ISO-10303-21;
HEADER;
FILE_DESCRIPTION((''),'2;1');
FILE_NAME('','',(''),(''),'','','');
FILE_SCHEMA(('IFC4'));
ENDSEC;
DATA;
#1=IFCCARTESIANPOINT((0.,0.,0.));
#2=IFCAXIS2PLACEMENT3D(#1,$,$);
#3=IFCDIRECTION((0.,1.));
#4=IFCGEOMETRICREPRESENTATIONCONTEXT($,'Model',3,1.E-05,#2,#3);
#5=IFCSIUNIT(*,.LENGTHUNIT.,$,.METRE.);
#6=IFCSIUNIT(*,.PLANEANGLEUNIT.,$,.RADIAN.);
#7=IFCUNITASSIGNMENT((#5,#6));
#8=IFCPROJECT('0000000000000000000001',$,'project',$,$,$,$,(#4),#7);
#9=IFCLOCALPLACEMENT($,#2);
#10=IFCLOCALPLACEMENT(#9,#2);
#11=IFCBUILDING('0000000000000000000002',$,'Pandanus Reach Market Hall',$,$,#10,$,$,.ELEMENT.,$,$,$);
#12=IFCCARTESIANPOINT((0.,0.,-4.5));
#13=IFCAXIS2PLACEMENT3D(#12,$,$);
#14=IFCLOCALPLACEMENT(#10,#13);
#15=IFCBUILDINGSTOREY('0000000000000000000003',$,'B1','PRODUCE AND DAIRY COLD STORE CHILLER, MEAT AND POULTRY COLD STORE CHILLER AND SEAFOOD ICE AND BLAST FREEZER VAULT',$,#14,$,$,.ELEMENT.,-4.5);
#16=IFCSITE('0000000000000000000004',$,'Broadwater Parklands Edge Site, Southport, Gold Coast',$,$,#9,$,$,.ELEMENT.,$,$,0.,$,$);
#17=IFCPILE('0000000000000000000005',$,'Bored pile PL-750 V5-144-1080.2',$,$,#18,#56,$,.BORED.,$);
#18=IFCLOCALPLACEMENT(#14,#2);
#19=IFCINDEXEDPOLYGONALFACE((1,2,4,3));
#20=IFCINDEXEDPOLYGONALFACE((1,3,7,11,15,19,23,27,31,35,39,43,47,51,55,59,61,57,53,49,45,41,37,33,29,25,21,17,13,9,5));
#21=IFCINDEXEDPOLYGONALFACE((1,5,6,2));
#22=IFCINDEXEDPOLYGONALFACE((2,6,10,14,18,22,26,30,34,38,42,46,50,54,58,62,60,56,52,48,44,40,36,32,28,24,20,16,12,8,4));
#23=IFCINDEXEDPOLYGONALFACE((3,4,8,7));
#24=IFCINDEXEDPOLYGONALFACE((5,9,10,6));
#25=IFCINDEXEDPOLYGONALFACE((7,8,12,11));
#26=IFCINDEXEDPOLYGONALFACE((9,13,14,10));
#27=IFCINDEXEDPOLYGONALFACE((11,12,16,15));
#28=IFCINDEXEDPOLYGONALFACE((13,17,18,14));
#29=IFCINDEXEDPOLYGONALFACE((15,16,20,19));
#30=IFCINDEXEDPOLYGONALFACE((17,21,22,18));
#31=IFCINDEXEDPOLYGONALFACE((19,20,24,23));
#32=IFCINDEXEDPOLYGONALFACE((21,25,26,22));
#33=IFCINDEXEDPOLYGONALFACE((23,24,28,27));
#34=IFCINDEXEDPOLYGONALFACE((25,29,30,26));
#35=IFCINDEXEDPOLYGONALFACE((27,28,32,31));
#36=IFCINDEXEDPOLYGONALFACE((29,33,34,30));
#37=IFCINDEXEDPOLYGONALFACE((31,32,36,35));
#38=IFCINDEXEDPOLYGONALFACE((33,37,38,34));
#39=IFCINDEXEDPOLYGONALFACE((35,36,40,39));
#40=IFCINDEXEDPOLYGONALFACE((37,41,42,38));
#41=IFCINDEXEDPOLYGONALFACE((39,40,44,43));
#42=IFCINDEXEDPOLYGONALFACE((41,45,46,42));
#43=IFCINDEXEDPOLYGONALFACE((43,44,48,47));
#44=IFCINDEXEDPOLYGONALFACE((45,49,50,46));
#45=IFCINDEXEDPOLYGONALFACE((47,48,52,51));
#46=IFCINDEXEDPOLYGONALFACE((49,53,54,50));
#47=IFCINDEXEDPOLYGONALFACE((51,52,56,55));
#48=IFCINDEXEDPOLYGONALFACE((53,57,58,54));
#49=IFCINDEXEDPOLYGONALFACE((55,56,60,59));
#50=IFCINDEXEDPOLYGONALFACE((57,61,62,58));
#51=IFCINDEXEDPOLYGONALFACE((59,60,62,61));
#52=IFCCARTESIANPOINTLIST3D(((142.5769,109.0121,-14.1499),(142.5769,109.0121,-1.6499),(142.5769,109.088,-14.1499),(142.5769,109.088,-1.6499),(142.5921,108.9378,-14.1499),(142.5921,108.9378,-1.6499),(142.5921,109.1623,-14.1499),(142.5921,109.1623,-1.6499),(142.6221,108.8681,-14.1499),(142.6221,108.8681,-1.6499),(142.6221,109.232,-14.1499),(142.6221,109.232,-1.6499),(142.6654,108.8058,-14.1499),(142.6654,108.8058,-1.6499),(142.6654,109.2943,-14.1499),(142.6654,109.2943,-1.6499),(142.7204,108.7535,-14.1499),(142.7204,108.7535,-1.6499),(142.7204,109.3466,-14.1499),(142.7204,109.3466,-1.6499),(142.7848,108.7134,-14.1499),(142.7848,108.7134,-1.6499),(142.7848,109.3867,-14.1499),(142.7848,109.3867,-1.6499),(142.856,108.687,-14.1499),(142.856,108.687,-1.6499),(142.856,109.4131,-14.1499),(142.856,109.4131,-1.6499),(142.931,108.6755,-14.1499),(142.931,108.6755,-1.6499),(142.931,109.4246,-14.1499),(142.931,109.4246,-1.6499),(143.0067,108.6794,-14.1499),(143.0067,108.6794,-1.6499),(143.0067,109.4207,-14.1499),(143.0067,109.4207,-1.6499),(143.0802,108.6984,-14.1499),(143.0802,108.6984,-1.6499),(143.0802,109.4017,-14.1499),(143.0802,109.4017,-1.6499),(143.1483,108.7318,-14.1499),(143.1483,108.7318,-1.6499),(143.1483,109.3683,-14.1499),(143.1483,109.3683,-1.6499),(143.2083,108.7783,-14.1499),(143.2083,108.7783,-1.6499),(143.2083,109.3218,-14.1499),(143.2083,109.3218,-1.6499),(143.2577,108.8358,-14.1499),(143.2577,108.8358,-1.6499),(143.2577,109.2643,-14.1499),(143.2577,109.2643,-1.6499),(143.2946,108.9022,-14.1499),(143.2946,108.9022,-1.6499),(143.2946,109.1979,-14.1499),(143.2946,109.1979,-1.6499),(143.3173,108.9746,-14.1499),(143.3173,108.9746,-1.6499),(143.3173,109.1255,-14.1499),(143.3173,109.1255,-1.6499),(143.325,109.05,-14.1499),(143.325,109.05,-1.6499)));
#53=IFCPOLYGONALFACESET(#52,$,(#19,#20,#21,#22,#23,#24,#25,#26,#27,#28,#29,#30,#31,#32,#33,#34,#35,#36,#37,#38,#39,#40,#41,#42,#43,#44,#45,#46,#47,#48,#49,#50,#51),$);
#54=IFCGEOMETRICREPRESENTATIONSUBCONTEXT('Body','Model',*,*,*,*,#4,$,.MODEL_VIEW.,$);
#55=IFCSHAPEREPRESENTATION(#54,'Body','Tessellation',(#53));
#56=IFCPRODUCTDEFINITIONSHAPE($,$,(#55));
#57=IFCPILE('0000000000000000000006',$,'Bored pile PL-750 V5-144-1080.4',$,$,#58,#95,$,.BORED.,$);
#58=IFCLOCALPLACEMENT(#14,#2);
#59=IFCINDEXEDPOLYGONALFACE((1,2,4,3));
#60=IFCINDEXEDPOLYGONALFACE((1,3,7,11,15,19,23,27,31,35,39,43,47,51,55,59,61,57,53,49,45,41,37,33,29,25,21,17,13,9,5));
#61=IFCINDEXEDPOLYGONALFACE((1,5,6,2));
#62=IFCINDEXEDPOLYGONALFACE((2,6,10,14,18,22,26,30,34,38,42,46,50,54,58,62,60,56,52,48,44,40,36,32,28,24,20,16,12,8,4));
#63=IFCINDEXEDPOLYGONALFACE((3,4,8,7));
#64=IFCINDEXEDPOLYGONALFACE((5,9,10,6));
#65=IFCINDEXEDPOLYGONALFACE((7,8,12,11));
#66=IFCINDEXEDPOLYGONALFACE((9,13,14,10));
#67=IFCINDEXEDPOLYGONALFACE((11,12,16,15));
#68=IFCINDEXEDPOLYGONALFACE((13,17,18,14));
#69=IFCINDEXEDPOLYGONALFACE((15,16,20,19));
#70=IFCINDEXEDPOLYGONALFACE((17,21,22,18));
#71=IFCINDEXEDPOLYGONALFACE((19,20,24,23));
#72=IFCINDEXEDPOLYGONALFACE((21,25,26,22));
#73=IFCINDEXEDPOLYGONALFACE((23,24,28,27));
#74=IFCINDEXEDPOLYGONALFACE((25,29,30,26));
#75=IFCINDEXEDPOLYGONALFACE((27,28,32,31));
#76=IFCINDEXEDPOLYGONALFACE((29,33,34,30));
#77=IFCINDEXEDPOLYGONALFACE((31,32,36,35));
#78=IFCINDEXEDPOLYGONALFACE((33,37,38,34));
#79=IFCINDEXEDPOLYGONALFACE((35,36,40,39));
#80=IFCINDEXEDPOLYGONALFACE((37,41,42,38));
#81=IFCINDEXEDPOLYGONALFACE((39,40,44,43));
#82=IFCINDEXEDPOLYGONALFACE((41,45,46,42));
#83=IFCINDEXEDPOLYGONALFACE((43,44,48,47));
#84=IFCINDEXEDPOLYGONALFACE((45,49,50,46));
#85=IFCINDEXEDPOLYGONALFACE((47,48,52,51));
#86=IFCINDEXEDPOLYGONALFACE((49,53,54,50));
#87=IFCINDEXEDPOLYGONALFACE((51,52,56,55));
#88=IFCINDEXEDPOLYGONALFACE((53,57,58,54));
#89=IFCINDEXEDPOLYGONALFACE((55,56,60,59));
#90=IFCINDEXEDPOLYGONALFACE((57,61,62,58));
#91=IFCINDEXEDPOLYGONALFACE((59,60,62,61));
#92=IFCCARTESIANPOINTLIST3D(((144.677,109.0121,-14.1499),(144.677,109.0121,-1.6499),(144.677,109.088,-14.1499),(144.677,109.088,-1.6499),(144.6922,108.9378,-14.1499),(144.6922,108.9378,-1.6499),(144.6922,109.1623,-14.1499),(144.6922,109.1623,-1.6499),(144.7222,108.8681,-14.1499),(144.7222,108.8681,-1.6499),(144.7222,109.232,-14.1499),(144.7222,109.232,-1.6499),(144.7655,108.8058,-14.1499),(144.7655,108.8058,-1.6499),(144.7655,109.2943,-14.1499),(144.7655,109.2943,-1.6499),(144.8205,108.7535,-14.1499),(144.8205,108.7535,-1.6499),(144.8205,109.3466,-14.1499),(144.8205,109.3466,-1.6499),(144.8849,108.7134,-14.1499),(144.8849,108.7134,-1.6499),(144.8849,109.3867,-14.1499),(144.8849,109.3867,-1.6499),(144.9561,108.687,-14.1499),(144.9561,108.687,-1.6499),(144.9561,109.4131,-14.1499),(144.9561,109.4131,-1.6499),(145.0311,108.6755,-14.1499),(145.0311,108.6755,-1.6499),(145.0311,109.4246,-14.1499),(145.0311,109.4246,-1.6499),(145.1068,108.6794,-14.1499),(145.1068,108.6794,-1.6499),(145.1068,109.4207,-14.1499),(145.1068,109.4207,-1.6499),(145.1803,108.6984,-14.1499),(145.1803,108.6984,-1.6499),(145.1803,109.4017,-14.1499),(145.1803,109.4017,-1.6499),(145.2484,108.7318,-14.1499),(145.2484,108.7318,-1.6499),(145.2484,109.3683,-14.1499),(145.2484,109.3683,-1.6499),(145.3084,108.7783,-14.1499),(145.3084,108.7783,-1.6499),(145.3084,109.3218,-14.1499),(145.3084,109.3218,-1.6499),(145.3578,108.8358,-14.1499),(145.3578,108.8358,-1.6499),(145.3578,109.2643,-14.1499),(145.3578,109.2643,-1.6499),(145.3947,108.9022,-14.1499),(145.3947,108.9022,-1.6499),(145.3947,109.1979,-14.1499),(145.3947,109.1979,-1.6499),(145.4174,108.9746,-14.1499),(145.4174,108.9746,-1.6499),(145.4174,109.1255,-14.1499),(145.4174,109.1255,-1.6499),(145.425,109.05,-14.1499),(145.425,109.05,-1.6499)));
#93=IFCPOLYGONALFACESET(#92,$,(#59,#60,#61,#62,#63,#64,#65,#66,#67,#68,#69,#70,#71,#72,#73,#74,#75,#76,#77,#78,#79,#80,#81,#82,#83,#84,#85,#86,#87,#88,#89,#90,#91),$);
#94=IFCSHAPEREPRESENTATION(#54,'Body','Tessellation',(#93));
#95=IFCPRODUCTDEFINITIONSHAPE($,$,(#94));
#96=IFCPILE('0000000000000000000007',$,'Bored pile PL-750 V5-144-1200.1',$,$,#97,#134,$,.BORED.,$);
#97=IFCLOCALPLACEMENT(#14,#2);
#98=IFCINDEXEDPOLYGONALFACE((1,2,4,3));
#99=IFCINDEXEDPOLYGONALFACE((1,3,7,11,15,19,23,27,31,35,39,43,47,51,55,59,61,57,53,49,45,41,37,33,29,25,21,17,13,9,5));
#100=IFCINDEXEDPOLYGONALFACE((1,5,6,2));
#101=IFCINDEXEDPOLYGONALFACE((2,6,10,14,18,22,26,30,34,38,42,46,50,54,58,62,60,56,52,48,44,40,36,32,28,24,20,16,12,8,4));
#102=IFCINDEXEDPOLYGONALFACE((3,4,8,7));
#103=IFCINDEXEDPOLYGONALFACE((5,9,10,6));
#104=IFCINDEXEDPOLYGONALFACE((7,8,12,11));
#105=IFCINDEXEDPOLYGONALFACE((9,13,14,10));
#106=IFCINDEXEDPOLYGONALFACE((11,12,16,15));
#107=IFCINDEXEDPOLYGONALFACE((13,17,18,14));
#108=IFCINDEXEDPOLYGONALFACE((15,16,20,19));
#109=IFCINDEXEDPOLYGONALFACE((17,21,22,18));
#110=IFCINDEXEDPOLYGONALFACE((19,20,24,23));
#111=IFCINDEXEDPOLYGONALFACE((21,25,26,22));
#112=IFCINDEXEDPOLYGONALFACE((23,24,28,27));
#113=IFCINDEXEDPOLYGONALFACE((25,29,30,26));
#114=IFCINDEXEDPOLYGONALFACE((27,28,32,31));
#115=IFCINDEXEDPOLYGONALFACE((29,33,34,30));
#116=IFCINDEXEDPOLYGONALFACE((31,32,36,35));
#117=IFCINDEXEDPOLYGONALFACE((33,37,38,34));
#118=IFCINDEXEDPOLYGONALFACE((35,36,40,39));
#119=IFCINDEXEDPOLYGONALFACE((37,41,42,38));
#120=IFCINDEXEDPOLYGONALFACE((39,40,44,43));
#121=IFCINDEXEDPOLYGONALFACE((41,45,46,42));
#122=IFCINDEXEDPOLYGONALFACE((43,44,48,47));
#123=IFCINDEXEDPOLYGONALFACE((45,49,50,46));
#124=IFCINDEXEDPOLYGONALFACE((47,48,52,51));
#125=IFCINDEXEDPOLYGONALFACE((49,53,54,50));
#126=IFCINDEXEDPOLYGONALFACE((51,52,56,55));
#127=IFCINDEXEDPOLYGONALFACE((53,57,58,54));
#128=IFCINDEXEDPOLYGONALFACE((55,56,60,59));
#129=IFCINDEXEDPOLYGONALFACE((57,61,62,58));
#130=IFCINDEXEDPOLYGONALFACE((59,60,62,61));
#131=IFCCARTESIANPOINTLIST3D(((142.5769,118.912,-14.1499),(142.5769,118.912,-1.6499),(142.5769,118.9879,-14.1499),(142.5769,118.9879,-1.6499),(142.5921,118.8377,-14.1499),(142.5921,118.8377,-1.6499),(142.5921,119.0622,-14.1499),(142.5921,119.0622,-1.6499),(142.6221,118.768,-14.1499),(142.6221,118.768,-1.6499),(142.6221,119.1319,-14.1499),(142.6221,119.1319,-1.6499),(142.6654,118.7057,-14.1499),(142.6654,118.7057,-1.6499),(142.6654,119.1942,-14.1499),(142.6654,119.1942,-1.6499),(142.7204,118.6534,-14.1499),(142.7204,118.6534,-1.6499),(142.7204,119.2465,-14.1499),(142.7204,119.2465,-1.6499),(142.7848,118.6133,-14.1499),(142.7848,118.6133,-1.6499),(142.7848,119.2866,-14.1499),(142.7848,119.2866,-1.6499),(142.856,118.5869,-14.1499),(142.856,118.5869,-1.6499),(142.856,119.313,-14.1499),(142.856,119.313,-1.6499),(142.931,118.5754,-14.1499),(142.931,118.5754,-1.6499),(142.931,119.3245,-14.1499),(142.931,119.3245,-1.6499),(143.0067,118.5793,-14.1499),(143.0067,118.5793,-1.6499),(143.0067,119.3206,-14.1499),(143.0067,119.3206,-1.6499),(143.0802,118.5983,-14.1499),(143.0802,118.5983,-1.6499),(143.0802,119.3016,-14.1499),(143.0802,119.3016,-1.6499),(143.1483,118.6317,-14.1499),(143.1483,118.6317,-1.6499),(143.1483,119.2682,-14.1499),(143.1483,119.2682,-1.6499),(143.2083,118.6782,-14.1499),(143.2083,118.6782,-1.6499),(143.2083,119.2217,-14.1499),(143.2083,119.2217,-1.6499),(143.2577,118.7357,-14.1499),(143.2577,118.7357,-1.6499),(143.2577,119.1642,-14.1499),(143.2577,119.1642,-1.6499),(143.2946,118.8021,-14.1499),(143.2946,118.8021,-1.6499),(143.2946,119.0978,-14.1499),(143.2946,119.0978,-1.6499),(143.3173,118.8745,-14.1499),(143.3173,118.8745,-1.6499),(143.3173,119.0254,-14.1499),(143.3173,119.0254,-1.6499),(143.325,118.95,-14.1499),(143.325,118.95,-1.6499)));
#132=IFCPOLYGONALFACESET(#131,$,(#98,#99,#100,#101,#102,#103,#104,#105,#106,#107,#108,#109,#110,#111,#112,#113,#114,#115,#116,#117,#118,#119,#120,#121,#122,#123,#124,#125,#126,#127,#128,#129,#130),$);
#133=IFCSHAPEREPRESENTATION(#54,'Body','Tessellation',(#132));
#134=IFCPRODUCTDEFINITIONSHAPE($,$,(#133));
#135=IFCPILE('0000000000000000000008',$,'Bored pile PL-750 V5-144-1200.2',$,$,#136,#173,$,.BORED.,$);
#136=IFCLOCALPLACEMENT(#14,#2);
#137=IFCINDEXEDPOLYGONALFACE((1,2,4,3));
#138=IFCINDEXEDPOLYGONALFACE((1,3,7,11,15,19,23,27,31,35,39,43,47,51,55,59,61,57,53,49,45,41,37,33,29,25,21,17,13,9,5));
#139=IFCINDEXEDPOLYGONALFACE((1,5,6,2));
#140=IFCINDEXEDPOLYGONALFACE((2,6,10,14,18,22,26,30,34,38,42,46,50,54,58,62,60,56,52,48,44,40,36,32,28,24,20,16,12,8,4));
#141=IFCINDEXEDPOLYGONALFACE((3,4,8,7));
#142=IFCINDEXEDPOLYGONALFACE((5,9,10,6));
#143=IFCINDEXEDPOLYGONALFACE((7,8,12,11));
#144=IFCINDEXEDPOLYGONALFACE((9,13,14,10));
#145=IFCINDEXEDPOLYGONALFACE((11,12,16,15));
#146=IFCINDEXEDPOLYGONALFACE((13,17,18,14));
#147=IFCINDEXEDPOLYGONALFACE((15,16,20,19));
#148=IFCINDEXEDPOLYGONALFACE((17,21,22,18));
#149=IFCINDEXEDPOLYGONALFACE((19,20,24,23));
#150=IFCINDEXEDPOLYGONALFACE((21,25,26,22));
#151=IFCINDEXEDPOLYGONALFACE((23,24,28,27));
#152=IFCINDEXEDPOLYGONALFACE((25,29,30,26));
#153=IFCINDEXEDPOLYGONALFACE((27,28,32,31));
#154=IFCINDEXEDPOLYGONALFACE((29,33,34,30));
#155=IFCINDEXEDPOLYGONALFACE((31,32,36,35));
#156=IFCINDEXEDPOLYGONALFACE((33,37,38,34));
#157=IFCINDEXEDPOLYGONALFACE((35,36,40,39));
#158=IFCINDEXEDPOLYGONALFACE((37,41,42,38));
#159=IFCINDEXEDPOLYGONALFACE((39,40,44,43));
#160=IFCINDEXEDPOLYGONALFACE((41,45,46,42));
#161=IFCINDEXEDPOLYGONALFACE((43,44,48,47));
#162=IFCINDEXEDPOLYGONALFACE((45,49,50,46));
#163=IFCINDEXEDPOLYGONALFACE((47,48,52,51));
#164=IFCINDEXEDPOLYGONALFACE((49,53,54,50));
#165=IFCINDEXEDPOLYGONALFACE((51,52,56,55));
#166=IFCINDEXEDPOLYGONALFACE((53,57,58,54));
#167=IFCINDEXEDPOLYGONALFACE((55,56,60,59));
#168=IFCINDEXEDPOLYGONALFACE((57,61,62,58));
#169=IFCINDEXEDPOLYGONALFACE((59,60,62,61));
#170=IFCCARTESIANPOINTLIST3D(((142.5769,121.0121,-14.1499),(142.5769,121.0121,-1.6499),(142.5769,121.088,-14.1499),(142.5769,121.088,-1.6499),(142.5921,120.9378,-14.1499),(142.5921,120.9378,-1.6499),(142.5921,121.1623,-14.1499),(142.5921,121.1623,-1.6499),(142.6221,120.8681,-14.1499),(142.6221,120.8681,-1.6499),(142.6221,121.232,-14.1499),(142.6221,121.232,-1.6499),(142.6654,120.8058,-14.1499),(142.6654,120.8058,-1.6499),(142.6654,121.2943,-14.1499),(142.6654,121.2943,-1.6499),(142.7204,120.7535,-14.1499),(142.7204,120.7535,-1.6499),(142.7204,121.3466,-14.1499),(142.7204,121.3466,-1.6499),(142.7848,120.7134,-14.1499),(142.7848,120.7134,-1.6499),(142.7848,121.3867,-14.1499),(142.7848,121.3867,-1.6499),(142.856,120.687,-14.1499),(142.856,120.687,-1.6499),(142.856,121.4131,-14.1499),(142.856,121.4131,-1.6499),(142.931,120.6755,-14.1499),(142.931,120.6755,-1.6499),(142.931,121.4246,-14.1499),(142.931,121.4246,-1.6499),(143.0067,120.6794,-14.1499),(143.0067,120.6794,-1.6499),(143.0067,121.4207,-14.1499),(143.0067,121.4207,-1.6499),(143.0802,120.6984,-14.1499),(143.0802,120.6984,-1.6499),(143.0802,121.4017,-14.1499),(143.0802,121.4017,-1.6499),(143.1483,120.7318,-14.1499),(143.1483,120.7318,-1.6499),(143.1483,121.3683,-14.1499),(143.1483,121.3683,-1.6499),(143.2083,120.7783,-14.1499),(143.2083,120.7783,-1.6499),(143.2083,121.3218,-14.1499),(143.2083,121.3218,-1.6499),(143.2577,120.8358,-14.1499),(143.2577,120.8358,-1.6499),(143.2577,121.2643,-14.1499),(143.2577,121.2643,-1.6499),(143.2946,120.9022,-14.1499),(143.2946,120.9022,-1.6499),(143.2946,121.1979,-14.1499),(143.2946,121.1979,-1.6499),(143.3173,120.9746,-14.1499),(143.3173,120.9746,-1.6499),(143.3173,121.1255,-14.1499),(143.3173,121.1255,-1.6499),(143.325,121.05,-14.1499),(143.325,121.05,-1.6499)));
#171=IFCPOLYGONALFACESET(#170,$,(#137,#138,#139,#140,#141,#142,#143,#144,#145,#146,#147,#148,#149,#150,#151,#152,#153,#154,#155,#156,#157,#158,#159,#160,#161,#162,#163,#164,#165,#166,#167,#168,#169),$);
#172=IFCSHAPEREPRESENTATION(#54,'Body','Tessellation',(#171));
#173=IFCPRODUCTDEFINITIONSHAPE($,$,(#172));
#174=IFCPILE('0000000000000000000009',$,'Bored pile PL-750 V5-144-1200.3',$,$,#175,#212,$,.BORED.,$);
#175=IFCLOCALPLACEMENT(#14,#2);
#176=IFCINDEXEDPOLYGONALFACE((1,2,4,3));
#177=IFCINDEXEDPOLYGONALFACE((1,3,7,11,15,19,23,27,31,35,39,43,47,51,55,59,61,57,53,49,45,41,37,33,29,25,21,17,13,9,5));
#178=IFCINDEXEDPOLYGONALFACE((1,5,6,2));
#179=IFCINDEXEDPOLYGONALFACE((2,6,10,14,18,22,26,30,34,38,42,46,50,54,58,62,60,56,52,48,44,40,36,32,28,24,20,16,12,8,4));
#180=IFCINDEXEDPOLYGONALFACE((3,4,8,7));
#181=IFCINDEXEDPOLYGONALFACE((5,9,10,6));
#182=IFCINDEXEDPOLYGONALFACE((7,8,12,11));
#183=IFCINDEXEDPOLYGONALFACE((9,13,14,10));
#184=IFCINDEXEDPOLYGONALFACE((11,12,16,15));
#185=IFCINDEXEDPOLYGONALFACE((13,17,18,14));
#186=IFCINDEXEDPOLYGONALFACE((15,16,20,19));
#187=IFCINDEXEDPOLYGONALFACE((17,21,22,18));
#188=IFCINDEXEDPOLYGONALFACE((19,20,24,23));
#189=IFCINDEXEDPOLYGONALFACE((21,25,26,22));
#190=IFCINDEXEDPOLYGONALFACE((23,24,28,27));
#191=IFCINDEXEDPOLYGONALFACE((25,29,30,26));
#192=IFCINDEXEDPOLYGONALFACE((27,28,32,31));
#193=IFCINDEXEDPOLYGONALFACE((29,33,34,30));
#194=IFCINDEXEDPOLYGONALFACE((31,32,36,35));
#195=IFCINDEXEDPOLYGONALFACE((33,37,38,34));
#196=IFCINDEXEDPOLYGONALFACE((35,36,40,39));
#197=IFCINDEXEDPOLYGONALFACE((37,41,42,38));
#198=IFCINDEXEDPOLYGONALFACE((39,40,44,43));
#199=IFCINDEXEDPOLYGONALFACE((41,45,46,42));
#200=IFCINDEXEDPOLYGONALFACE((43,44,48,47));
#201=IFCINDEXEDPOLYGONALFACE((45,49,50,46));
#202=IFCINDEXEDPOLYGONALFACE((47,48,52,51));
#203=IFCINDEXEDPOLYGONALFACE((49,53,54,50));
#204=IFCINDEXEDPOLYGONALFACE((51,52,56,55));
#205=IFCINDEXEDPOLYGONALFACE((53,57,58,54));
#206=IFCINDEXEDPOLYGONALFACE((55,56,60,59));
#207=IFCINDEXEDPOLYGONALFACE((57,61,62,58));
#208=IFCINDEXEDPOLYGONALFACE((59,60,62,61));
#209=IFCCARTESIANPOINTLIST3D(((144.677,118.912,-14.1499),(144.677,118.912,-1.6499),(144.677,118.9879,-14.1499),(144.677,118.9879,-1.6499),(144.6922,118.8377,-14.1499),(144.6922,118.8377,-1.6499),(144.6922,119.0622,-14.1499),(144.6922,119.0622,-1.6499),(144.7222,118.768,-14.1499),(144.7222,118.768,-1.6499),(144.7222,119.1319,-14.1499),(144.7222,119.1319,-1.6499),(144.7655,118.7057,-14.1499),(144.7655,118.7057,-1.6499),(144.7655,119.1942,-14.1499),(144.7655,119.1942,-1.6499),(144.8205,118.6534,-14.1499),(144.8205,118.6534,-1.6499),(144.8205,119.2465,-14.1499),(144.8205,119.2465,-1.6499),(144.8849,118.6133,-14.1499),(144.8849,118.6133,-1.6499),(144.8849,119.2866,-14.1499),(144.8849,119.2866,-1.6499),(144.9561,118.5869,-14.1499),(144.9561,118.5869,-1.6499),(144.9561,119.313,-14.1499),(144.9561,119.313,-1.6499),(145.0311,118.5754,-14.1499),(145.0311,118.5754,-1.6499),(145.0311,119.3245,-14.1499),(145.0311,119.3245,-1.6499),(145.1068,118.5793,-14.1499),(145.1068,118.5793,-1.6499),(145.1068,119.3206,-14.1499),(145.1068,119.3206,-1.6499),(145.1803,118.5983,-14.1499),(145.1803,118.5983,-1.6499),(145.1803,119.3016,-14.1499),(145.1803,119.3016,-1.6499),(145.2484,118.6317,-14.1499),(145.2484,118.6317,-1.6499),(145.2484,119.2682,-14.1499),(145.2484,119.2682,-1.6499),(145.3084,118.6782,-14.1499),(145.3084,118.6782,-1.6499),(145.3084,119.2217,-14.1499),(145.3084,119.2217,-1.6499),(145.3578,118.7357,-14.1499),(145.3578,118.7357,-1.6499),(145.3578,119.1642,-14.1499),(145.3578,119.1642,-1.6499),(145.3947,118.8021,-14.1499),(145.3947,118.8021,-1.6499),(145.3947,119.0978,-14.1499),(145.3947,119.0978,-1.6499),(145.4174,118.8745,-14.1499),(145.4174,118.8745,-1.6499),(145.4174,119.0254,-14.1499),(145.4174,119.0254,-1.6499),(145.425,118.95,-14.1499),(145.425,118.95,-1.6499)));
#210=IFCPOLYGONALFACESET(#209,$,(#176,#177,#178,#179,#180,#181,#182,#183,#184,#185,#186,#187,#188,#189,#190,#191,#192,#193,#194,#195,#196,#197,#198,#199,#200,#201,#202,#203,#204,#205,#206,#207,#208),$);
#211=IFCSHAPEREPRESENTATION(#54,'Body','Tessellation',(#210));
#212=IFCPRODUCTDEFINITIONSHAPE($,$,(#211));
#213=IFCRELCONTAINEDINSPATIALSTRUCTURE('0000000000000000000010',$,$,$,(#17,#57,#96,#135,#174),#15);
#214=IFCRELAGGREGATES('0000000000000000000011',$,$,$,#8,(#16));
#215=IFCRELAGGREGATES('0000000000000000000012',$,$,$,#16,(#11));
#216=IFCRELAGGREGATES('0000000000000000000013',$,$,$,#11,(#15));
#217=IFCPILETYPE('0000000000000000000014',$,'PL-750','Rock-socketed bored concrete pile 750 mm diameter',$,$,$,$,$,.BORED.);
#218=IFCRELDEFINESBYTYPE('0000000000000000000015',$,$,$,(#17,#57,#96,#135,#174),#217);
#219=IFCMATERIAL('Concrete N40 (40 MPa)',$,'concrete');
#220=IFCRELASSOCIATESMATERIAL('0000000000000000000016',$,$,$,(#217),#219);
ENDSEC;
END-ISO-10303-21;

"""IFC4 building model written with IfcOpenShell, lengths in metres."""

from ifc_helpers import new_model, si_unit, direction, frame, origin, origin_2d, place, context, subcontext, project, spatial, circle, extrude, material, material_profile, profile_set, type_object, element, save


model = new_model("IFC4")

# Units and contexts
model_context = context("Model", 3, precision=1e-05, world=origin(), true_north=direction((0.0, 1.0)))
body_context = subcontext(model_context, "Body", "Model", "MODEL_VIEW")
ifc_project = project(units=[si_unit("LENGTHUNIT", "METRE"), si_unit("PLANEANGLEUNIT", "RADIAN")], contexts=[model_context])

# Site, building, storey
site_placement = place(None, origin())
site = spatial("IfcSite", under=ifc_project, at=site_placement, Name="Broadwater Parklands Edge Site, Southport, Gold Coast", CompositionType="ELEMENT", RefElevation=0.0)
building_placement = place(site_placement, origin())
building = spatial("IfcBuilding", under=site, at=building_placement, Name="Pandanus Reach Market Hall", CompositionType="ELEMENT")
storey_placement = place(building_placement, frame((0.0, 0.0, -4.5)))
storey = spatial("IfcBuildingStorey", under=building, at=storey_placement, Name="B1", Description="PRODUCE AND DAIRY COLD STORE CHILLER, MEAT AND POULTRY COLD STORE CHILLER AND SEAFOOD ICE AND BLAST FREEZER VAULT", CompositionType="ELEMENT", Elevation=-4.5)

# Shared definitions
ifc_material_1 = material(Name="Concrete N40 (40 MPa)", Category="concrete")

# Piles
ifc_material_profile_1 = material_profile(ifc_material_1, circle(Radius=0.375, at=origin_2d()), Name="PILE-750D", Category="LoadBearing")
ifc_profile_set_1 = profile_set([ifc_material_profile_1], Name="Concrete N40 (40 MPa)")
pile_type = type_object("IfcPileType", Name="PL-750", Description="Rock-socketed bored concrete pile 750 mm diameter", PredefinedType="BORED", material=ifc_profile_set_1)
for number, where, z_axis, x_axis, name in (
    (1, (142.95, 109.05, -1.6499), (0.0, 0.0, -1.0), (1.0, 0.0, 0.0), "Bored pile PL-750 V5-144-1080.2"),
    (2, (145.05, 109.05, -1.6499), (0.0, 0.0, -1.0), (1.0, 0.0, 0.0), "Bored pile PL-750 V5-144-1080.4"),
    (3, (142.95, 118.95, -1.6499), (0.0, 0.0, -1.0), (1.0, 0.0, 0.0), "Bored pile PL-750 V5-144-1200.1"),
    (4, (142.95, 121.05, -1.6499), (0.0, 0.0, -1.0), (1.0, 0.0, 0.0), "Bored pile PL-750 V5-144-1200.2"),
    (5, (145.05, 118.95, -1.6499), (0.0, 0.0, -1.0), (1.0, 0.0, 0.0), "Bored pile PL-750 V5-144-1200.3"),
):
    element("IfcPile", number, at=place(storey_placement, frame(where, z_axis=z_axis, x_axis=x_axis)), inside=storey, type_object=pile_type, Name=name, PredefinedType="BORED", context=body_context, shape_type="SweptSolid", body=[
        extrude(circle(Radius=0.375, at=origin_2d()), origin(), (0.0, 0.0, 1.0), 12.5),
    ])

save(model, "model.ifc")
